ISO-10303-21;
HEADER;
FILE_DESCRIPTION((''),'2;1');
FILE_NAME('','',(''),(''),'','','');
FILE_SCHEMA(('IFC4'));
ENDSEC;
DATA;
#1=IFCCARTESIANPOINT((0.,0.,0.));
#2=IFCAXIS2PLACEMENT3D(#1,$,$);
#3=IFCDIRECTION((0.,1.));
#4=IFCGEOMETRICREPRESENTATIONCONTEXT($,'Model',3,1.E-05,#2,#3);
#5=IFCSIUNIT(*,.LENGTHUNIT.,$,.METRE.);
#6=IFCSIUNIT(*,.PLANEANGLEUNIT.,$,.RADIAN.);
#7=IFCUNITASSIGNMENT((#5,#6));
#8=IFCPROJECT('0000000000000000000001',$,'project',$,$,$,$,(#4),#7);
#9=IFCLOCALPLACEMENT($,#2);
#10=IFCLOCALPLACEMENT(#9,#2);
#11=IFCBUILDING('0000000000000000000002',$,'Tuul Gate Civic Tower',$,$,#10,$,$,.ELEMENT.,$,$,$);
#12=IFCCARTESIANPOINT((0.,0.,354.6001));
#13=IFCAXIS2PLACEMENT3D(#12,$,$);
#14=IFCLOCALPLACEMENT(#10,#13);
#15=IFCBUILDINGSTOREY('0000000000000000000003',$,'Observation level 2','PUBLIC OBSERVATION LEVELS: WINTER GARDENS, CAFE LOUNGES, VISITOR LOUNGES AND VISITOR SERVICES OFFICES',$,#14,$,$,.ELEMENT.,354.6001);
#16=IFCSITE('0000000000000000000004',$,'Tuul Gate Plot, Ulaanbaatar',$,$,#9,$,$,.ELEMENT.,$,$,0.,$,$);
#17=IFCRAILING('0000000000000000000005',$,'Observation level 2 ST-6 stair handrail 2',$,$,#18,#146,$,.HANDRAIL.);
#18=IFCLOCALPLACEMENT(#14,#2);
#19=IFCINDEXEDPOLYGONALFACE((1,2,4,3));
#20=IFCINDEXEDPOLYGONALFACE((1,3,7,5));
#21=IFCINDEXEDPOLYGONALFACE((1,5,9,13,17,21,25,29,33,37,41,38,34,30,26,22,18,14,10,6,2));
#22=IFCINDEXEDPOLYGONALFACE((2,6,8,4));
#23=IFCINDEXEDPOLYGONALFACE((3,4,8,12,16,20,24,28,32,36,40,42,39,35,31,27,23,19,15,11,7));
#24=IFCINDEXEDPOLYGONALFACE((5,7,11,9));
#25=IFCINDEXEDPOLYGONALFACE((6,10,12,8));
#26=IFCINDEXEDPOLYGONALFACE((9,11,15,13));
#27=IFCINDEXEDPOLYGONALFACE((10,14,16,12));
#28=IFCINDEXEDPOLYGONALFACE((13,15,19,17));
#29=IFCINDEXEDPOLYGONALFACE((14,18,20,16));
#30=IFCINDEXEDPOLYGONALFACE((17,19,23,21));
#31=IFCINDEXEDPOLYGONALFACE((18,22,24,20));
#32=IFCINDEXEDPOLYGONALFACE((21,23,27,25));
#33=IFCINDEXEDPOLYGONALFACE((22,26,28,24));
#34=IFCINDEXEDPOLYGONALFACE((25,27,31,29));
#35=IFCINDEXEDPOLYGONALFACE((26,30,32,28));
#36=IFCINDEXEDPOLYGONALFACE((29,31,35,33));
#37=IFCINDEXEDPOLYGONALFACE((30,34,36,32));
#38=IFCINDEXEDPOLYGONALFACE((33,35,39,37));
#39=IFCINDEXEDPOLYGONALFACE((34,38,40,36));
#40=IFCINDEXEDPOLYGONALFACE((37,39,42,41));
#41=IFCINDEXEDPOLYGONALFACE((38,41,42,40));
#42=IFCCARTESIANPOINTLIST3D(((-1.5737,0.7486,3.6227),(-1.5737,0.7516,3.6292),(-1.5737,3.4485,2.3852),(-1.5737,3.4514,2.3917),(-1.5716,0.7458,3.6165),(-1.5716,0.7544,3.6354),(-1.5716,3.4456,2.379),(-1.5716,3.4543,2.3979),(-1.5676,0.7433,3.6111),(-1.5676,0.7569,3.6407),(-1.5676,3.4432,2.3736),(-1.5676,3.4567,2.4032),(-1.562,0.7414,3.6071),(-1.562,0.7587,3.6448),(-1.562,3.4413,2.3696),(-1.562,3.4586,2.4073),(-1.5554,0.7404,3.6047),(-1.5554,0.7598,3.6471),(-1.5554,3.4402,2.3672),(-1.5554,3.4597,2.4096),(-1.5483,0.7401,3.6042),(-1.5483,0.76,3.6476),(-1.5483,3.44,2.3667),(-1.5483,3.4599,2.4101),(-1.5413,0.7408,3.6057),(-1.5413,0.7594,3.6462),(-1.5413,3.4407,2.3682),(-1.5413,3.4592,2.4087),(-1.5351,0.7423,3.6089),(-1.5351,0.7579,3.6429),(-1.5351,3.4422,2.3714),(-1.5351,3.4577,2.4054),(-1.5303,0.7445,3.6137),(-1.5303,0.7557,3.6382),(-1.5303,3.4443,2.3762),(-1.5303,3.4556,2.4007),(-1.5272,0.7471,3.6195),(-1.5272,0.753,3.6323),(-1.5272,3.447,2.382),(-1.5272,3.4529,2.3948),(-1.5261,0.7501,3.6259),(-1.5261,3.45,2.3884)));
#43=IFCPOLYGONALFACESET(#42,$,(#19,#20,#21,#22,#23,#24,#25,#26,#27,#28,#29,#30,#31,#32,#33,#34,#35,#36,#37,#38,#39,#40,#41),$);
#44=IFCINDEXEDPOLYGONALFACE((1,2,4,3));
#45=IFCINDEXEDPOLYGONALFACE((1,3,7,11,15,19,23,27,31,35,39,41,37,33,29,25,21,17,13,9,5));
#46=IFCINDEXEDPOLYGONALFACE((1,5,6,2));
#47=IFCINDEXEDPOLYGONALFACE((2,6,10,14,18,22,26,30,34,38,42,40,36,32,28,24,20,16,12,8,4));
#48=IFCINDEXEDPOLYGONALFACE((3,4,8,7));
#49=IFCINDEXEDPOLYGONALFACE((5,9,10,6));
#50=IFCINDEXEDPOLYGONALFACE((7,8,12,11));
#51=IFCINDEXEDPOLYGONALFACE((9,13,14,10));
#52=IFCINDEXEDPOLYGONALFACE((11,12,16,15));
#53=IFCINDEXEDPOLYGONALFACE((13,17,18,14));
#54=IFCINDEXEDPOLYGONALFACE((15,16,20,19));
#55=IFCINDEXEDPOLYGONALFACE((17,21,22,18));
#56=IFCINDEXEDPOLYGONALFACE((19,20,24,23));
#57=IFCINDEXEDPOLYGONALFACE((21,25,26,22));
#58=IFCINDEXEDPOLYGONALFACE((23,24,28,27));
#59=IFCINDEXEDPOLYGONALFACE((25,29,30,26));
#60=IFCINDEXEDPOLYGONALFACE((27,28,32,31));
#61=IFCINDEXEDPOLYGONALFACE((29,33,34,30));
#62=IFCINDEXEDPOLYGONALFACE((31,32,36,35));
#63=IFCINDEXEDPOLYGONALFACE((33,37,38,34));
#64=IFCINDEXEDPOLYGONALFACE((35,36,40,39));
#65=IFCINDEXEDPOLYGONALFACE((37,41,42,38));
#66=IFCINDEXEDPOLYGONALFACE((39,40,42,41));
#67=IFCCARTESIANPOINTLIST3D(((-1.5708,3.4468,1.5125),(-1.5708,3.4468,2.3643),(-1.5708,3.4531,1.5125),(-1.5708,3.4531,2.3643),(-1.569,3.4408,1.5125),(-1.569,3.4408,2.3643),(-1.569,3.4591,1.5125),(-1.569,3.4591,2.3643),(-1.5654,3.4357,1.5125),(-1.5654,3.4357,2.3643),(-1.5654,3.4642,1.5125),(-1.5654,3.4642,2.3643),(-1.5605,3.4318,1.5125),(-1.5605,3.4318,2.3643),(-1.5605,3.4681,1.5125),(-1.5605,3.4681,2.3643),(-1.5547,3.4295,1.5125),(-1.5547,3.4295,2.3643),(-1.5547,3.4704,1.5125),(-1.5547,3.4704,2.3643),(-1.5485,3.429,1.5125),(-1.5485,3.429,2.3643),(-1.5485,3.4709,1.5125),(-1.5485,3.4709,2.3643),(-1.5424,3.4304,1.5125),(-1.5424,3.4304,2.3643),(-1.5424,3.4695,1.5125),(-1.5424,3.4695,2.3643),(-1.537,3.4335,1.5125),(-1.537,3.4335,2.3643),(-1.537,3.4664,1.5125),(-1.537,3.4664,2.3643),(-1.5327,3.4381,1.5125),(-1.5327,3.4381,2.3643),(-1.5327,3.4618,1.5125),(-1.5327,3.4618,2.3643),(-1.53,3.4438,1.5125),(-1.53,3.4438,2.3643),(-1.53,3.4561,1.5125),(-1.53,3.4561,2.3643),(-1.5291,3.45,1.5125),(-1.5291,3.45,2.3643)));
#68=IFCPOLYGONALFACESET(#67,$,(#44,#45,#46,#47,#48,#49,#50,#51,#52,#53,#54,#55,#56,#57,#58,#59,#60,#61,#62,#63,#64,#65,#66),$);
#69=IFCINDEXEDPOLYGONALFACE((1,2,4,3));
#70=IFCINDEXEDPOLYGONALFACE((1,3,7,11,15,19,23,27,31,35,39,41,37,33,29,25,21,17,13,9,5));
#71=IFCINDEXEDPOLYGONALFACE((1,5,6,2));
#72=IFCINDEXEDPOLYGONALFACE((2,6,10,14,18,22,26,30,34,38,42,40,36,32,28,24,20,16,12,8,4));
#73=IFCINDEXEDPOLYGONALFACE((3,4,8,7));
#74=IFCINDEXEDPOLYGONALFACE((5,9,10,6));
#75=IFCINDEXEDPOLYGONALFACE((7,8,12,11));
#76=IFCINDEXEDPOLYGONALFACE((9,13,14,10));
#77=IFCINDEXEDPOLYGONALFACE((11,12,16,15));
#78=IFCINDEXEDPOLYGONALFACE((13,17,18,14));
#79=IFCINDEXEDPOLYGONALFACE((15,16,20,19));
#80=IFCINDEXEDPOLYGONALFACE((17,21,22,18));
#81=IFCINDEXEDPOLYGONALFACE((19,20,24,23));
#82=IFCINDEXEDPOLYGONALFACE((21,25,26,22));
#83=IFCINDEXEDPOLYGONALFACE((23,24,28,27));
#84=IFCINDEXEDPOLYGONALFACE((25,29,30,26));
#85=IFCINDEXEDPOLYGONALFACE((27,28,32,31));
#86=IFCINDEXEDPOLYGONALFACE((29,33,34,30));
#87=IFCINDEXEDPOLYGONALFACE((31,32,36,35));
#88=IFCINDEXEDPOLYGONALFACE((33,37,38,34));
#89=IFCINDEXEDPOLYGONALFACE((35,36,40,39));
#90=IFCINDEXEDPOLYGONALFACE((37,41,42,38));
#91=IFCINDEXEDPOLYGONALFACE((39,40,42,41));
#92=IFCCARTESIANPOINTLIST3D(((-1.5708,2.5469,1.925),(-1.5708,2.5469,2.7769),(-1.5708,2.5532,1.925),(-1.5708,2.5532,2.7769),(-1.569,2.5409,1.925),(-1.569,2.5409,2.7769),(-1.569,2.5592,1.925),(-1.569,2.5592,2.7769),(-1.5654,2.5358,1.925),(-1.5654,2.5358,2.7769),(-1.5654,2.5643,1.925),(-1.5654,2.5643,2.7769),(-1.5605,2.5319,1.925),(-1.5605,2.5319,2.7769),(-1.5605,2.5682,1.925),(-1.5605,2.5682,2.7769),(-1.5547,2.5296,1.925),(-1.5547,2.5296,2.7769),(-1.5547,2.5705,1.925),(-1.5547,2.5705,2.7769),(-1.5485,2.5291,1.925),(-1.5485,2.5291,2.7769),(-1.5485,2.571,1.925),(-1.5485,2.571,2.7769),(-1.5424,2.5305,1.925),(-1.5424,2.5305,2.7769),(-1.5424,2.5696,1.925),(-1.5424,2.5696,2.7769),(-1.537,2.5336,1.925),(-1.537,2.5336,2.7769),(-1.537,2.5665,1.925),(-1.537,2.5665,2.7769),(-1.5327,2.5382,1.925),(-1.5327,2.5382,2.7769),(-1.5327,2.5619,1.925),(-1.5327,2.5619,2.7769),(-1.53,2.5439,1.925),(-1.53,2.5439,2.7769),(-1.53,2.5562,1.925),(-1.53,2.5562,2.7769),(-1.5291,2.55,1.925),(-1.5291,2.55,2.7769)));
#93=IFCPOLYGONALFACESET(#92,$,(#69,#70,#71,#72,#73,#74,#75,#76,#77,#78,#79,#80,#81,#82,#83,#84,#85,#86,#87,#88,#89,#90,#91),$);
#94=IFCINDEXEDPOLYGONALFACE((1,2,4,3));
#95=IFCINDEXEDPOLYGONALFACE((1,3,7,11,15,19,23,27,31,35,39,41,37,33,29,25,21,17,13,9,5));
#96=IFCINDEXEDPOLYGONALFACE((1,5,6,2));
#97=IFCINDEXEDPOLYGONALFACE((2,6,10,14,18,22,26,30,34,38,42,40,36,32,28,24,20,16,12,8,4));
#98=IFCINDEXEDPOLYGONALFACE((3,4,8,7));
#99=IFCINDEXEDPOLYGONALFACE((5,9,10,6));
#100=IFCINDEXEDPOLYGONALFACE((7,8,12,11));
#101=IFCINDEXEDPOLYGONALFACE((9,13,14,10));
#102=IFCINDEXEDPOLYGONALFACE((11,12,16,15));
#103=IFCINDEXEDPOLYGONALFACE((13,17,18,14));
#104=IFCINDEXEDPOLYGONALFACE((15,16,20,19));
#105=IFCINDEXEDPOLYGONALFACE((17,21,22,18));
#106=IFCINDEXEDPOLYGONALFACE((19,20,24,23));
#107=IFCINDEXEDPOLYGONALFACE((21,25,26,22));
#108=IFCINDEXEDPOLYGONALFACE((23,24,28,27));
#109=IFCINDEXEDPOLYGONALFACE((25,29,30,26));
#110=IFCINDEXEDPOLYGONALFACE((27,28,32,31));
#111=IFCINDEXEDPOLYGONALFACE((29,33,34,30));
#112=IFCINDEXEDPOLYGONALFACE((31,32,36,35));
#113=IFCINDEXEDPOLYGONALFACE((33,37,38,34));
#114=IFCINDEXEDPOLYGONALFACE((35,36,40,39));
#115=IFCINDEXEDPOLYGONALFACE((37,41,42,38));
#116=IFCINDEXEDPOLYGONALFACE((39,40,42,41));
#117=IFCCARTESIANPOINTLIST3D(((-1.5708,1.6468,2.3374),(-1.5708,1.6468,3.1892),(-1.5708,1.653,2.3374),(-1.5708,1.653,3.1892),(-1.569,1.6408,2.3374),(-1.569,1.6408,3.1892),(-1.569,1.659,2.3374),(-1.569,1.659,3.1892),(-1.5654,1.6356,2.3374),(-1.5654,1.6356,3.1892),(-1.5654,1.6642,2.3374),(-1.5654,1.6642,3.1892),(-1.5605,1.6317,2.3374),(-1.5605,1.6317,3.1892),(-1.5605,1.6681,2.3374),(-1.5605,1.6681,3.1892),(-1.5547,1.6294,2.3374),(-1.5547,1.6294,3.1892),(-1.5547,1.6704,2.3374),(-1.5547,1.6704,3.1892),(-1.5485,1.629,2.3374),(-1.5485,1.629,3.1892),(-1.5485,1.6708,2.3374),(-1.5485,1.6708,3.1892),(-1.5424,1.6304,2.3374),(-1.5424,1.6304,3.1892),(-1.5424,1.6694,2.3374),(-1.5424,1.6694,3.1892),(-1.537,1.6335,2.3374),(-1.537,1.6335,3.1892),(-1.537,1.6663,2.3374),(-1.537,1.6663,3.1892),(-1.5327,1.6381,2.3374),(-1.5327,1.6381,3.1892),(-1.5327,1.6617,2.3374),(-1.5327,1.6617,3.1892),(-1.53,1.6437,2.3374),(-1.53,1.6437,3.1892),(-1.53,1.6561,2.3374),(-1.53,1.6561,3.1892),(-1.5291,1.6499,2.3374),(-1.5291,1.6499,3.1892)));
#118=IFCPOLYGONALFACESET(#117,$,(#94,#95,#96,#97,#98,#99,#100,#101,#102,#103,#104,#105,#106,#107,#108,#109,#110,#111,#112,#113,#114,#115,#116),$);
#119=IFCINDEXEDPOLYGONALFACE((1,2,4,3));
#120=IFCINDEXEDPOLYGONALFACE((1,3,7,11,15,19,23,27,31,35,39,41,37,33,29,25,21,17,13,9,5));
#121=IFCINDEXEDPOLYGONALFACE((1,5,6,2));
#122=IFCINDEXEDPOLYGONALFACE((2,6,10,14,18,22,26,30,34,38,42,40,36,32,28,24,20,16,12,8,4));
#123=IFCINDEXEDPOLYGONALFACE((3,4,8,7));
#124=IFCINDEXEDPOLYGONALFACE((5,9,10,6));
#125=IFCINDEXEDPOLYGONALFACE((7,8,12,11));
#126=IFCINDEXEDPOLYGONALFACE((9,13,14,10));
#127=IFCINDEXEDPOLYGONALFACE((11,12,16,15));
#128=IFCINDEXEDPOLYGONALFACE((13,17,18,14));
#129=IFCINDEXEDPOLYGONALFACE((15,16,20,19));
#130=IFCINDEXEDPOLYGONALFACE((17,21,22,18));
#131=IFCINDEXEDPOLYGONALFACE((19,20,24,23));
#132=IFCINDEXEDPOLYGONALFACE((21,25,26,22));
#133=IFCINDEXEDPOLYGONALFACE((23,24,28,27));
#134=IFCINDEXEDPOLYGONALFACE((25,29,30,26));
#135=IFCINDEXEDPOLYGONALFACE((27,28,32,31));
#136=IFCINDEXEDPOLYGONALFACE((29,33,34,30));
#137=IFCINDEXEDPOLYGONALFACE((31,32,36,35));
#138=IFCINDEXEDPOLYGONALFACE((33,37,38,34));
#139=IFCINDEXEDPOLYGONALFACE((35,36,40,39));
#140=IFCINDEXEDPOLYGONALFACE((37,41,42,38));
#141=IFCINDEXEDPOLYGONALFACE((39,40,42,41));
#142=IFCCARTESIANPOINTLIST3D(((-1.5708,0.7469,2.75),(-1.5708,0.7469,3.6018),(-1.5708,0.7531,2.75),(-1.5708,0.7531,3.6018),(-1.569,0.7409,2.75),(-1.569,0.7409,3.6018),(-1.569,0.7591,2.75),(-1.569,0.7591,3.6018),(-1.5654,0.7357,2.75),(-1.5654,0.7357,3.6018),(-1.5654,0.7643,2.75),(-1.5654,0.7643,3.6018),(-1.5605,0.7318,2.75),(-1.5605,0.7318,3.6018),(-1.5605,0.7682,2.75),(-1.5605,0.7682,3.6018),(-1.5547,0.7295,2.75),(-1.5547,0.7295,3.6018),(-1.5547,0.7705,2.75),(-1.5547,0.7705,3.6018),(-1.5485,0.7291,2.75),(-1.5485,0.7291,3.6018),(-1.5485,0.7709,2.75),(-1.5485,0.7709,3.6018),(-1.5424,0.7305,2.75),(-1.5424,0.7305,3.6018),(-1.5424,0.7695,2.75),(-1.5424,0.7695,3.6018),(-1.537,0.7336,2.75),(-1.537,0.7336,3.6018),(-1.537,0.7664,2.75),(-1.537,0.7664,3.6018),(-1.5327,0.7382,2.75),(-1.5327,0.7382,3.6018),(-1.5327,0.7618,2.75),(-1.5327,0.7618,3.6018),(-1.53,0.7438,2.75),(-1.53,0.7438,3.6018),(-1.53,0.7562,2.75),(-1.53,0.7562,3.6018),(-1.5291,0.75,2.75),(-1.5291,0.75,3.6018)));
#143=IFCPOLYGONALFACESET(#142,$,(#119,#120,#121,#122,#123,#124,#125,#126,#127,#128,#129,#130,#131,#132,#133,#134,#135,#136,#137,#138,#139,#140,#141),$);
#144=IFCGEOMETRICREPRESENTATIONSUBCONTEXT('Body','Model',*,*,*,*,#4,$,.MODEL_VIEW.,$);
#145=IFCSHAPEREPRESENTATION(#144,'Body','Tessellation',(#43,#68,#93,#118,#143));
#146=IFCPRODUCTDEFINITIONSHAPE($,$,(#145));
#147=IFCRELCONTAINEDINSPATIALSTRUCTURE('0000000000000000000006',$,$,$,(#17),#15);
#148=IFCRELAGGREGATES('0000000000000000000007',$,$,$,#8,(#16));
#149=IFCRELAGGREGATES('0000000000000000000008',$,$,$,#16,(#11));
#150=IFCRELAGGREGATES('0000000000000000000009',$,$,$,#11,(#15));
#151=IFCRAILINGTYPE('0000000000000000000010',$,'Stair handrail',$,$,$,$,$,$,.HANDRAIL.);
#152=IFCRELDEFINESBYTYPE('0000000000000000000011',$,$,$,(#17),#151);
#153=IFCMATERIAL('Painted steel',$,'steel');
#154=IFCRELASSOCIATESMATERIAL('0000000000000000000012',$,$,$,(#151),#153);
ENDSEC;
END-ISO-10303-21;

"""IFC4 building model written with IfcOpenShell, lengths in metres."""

from ifc_helpers import new_model, si_unit, direction, frame, origin, origin_2d, place, context, subcontext, project, spatial, circle, extrude, material, type_object, element, save


model = new_model("IFC4")

# Units and contexts
model_context = context("Model", 3, precision=1e-05, world=origin(), true_north=direction((0.0, 1.0)))
body_context = subcontext(model_context, "Body", "Model", "MODEL_VIEW")
ifc_project = project(units=[si_unit("LENGTHUNIT", "METRE"), si_unit("PLANEANGLEUNIT", "RADIAN")], contexts=[model_context])

# Site, building, storey
site_placement = place(None, origin())
site = spatial("IfcSite", under=ifc_project, at=site_placement, Name="Tuul Gate Plot, Ulaanbaatar", CompositionType="ELEMENT", RefElevation=0.0)
building_placement = place(site_placement, origin())
building = spatial("IfcBuilding", under=site, at=building_placement, Name="Tuul Gate Civic Tower", CompositionType="ELEMENT")
storey_placement = place(building_placement, frame((0.0, 0.0, 354.6001)))
storey = spatial("IfcBuildingStorey", under=building, at=storey_placement, Name="Observation level 2", Description="PUBLIC OBSERVATION LEVELS: WINTER GARDENS, CAFE LOUNGES, VISITOR LOUNGES AND VISITOR SERVICES OFFICES", CompositionType="ELEMENT", Elevation=354.6001)

# Railing
ifc_material_1 = material(Name="Painted steel", Category="steel")
railing_type_1 = type_object("IfcRailingType", Name="Stair handrail", PredefinedType="HANDRAIL", material=ifc_material_1)
for number, where, name in (
    (1, (-1.55, 3.45, 1.5125), "Observation level 2 ST-6 stair handrail 2"),
):
    element("IfcRailing", number, at=place(storey_placement, frame(where)), inside=storey, type_object=railing_type_1, Name=name, PredefinedType="HANDRAIL", context=body_context, shape_type="SweptSolid", body=[
        extrude(circle(Radius=0.0239, at=origin_2d()), frame((0.0, 0.0, 0.876), z_axis=(0.0, -0.909056, 0.416675), x_axis=(1.0, 0.0, 0.0)), (0.0, 0.0, 1.0), 2.97),
        extrude(circle(Radius=0.021, at=origin_2d()), origin(), (0.0, 0.0, 1.0), 0.8518),
        extrude(circle(Radius=0.021, at=origin_2d()), frame((0.0, -0.8999, 0.4126)), (0.0, 0.0, 1.0), 0.8518),
        extrude(circle(Radius=0.021, at=origin_2d()), frame((0.0, -1.8, 0.825)), (0.0, 0.0, 1.0), 0.8518),
        extrude(circle(Radius=0.021, at=origin_2d()), frame((0.0, -2.7, 1.2375)), (0.0, 0.0, 1.0), 0.8518),
    ])

save(model, "model.ifc")
